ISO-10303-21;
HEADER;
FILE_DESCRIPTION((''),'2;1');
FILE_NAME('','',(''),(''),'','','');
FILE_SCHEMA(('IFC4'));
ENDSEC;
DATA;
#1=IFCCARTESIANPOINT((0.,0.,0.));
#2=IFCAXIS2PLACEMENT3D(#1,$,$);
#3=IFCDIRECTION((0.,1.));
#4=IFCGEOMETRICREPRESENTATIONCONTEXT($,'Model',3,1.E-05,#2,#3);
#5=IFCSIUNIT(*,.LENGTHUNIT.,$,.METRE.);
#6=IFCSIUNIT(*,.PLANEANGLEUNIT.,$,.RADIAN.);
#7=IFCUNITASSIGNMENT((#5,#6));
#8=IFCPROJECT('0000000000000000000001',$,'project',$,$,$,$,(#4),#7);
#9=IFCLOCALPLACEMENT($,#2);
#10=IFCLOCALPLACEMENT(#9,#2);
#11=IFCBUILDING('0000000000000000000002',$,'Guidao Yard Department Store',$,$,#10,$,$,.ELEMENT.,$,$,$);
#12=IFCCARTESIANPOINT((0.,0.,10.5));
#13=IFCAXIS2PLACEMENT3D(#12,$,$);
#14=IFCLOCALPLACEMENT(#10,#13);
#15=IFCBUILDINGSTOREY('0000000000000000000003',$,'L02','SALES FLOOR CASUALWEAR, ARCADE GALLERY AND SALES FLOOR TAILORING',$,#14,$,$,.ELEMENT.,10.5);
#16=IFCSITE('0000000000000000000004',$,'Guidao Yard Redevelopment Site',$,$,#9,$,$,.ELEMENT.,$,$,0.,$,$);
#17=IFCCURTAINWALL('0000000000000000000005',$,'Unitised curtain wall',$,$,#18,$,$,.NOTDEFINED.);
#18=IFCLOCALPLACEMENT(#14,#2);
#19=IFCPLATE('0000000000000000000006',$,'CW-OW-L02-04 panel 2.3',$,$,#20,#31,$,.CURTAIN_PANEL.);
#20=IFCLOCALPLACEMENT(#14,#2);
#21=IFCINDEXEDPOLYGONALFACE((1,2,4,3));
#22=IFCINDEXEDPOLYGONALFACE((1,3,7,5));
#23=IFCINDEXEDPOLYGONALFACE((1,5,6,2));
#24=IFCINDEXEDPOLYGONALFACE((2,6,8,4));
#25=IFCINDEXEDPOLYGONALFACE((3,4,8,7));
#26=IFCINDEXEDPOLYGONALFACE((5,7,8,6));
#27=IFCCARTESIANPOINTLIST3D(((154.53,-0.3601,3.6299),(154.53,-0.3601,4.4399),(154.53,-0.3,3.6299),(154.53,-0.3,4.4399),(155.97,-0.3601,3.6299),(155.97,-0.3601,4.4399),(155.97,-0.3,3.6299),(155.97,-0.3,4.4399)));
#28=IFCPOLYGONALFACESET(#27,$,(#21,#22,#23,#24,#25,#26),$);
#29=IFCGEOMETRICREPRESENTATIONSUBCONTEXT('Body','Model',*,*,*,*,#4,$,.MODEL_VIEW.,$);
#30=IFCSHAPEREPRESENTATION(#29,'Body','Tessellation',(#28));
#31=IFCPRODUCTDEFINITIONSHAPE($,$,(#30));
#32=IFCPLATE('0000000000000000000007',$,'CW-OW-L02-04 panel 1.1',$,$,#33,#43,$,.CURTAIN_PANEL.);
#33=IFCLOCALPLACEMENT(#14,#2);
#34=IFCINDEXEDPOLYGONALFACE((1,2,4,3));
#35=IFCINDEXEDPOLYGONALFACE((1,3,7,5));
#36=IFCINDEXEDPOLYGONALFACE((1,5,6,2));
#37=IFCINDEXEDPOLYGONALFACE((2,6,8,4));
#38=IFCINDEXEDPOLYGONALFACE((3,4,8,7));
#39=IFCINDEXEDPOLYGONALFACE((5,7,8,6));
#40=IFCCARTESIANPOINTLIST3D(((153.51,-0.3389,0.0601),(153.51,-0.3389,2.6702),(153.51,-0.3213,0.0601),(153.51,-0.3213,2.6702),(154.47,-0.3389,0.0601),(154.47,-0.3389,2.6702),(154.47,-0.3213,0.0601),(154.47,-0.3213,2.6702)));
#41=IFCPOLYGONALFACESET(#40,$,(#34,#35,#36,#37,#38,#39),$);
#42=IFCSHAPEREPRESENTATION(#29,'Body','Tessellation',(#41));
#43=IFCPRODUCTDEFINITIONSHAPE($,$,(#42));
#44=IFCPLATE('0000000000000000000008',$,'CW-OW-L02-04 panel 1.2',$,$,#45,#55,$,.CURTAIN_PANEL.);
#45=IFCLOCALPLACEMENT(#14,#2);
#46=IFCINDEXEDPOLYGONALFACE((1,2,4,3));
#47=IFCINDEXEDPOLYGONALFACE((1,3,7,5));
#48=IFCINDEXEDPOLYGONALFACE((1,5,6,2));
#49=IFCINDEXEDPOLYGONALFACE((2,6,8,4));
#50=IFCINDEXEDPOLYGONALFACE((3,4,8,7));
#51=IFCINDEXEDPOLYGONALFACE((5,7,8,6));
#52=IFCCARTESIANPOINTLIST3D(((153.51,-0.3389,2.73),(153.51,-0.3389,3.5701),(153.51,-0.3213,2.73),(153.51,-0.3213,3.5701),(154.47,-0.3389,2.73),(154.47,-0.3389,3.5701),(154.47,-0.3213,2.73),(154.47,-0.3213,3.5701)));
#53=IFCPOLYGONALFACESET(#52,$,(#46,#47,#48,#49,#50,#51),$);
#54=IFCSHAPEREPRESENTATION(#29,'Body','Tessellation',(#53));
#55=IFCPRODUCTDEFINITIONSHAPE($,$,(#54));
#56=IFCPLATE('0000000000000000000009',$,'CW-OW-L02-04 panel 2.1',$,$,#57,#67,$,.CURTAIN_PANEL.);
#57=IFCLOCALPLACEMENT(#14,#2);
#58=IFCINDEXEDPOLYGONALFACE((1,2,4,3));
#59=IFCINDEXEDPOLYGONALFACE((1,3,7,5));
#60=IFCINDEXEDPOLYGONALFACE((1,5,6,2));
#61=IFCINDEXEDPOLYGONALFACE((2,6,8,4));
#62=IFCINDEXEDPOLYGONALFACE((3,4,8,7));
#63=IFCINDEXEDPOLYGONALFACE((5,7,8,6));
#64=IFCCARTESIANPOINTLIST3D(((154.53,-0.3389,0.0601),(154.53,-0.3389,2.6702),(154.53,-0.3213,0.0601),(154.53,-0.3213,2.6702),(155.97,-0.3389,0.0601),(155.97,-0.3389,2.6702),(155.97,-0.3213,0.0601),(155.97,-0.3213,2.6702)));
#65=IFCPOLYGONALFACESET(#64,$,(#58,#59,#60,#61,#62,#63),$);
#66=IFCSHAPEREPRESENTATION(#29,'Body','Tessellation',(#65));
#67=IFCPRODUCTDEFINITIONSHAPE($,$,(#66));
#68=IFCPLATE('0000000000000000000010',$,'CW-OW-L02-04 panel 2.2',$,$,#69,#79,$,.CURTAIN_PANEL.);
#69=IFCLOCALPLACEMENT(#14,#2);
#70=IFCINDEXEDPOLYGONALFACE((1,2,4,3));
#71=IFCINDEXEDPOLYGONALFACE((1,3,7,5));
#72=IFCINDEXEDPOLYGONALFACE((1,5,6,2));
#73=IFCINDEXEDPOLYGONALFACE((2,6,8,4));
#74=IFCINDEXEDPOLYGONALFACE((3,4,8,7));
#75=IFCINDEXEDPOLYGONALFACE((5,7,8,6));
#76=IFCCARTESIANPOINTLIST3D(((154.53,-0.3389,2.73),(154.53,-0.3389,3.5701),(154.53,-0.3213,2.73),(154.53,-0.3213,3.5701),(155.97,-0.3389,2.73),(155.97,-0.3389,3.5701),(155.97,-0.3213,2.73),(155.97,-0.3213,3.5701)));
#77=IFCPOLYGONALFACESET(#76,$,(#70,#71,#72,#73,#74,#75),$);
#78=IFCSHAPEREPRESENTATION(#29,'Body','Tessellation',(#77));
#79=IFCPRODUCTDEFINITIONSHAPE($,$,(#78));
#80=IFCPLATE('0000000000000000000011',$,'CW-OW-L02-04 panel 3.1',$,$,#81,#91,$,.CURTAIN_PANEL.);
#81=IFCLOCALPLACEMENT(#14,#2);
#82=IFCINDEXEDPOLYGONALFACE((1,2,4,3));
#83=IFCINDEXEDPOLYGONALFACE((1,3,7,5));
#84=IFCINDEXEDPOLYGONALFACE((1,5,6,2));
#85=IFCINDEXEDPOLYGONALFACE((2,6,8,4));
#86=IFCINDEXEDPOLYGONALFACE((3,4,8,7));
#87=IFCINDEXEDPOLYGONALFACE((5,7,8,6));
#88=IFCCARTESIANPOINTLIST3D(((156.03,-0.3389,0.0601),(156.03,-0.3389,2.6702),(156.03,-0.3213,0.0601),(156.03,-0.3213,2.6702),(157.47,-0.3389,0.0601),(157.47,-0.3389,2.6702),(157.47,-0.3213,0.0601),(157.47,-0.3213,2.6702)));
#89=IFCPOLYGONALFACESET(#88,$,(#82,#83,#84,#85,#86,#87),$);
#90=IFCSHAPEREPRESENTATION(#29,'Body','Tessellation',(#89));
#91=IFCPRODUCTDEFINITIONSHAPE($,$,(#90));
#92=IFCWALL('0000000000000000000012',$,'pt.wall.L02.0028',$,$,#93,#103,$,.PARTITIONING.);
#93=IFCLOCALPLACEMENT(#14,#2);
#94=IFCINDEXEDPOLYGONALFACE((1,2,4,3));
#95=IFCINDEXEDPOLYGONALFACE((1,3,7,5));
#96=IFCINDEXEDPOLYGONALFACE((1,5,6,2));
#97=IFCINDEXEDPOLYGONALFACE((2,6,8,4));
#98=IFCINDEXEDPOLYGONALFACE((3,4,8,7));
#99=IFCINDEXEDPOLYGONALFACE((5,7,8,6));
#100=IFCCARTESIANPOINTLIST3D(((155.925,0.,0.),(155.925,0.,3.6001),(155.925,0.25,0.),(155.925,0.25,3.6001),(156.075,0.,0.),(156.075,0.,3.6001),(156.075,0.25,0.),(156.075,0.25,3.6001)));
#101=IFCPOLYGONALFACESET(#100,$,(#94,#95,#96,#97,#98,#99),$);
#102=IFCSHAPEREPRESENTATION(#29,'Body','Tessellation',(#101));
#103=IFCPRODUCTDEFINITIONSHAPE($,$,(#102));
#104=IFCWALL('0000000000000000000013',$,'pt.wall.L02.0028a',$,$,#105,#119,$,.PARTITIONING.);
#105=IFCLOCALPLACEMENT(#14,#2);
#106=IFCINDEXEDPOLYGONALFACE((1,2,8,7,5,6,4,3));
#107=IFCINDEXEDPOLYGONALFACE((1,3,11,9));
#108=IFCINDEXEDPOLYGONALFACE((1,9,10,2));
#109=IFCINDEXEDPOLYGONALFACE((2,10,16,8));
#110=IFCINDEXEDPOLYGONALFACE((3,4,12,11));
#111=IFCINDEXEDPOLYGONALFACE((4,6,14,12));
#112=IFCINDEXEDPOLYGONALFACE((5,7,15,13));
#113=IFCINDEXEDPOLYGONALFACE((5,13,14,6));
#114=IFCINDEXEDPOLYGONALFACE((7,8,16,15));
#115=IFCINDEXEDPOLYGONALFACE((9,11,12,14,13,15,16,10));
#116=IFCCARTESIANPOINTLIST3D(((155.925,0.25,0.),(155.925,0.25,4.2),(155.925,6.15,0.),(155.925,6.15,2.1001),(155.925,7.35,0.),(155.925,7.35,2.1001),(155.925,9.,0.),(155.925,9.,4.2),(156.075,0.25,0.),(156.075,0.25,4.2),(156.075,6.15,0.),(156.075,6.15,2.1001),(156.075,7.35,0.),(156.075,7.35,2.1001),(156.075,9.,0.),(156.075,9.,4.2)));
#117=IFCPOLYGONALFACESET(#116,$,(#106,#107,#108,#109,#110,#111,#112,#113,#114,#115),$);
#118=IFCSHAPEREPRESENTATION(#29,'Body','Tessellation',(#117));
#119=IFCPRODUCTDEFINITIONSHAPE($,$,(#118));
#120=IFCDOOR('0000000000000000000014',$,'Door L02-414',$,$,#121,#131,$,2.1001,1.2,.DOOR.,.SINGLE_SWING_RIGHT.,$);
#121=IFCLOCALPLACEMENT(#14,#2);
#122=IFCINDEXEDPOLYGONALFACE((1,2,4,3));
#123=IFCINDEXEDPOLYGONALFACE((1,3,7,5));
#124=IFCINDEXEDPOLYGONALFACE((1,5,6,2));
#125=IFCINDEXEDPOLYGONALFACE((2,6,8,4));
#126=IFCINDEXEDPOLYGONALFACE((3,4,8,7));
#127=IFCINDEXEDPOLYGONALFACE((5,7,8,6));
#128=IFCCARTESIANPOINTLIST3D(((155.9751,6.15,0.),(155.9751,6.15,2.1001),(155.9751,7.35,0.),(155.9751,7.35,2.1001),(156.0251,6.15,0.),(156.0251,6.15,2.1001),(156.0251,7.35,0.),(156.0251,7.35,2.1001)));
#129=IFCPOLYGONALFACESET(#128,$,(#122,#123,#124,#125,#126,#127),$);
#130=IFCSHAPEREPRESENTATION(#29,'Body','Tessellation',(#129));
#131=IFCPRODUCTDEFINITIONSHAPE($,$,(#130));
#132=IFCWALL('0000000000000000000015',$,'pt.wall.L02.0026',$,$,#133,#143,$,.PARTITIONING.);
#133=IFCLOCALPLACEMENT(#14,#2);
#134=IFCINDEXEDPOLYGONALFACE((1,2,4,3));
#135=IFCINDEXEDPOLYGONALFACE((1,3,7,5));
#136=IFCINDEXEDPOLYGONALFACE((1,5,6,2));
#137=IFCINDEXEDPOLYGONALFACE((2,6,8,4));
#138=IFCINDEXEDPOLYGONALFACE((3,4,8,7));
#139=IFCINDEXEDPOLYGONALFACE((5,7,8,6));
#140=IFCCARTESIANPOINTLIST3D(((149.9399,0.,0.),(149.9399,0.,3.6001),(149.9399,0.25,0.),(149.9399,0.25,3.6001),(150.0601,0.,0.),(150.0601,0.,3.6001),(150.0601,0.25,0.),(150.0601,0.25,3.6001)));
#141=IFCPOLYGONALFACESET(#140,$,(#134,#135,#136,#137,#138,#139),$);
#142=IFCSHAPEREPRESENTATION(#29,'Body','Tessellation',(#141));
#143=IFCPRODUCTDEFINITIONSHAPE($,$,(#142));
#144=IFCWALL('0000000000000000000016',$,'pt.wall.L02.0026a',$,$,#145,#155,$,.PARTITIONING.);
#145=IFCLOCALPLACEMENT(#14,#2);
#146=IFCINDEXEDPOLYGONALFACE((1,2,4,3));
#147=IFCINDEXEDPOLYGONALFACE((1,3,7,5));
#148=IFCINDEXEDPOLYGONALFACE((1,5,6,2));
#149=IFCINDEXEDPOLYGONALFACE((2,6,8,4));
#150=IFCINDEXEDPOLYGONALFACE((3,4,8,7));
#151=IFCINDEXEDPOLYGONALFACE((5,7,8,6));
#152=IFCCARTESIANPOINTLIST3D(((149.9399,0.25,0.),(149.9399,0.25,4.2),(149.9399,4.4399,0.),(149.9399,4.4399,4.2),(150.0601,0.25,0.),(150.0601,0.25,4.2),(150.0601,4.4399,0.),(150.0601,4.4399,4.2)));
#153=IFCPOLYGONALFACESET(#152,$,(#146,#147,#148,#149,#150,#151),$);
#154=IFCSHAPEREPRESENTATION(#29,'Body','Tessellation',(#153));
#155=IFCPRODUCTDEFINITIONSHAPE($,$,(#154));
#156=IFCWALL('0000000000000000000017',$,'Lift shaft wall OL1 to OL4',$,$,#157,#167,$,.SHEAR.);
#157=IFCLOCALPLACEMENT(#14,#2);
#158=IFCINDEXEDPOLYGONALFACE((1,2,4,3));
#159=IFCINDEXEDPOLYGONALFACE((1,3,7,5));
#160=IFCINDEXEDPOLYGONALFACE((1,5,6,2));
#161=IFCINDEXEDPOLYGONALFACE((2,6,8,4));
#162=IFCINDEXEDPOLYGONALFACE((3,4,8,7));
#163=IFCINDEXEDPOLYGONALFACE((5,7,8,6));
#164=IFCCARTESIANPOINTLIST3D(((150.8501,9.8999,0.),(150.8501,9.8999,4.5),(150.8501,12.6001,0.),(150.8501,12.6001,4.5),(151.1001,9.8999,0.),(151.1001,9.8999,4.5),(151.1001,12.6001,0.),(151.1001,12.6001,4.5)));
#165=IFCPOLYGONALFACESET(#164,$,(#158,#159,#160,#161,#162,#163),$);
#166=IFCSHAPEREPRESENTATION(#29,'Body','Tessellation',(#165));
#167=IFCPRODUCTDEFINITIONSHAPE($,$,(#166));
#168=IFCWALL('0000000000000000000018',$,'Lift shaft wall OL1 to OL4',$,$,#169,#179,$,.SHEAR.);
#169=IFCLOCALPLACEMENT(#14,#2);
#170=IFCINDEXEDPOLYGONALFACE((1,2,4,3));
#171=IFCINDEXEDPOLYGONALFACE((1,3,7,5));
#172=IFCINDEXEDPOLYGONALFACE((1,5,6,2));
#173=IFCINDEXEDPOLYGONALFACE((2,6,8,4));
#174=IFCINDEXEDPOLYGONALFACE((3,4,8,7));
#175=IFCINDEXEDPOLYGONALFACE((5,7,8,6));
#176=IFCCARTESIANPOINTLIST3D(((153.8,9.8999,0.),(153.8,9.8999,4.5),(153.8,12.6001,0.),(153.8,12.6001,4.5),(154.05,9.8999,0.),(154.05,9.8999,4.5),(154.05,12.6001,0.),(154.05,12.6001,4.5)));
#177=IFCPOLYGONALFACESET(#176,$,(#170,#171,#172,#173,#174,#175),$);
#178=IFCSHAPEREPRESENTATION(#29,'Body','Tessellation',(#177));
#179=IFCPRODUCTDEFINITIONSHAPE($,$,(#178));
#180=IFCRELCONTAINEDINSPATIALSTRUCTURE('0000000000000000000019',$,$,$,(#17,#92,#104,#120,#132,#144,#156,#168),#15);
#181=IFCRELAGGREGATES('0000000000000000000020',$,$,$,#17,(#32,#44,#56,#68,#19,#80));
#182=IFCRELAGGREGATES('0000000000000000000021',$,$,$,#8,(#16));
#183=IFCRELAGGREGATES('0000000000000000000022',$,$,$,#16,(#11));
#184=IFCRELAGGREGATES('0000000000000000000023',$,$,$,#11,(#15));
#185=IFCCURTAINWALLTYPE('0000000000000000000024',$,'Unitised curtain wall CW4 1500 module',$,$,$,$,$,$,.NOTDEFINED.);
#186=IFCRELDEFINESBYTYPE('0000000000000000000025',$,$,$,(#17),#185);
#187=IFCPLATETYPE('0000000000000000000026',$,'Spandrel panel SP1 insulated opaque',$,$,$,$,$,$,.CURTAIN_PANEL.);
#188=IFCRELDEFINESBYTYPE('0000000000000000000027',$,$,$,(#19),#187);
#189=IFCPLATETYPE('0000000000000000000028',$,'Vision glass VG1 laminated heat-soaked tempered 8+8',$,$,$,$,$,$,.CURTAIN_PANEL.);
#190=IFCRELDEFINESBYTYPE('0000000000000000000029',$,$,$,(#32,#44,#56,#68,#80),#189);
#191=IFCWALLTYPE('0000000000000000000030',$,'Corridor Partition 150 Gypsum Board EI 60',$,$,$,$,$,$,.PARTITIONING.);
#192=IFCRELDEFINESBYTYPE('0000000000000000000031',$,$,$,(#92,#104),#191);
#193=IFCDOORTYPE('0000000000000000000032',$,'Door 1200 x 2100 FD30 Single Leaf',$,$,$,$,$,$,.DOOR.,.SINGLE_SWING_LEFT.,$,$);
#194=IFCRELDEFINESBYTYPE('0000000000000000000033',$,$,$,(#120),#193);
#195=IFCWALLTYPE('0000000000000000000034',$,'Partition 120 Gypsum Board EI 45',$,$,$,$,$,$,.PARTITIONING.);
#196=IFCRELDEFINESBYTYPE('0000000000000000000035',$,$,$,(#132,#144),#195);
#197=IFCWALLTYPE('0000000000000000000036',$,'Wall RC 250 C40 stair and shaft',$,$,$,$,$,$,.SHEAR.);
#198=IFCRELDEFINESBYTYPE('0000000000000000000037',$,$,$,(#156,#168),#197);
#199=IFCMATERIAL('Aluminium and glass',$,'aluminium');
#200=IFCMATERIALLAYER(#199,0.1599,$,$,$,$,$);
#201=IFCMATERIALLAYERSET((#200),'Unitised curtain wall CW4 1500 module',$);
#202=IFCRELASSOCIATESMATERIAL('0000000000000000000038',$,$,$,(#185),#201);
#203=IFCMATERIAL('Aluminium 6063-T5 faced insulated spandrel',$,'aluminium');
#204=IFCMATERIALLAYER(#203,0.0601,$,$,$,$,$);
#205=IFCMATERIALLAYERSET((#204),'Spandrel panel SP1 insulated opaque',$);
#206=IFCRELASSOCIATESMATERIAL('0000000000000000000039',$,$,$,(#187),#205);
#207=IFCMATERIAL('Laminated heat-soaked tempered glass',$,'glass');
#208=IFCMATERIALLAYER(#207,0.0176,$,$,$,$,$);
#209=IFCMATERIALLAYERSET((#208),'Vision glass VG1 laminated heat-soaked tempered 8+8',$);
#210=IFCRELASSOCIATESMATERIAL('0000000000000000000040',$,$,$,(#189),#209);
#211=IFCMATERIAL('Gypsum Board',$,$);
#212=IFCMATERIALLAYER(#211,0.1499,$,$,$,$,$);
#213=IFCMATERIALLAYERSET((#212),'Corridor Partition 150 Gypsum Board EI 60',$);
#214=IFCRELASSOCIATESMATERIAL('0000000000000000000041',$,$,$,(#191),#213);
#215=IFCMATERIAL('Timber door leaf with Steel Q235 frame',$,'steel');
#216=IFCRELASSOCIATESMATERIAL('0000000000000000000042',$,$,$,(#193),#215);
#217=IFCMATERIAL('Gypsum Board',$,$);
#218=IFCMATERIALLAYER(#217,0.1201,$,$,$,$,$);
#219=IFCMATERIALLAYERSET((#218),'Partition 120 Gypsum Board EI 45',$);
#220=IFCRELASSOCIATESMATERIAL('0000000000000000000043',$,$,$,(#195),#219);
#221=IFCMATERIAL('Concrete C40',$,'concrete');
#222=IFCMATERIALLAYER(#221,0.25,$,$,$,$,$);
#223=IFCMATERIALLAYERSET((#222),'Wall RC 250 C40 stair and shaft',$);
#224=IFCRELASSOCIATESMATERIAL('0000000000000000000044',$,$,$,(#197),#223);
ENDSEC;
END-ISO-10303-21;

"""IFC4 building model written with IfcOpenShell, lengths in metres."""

from ifc_helpers import new_model, si_unit, direction, frame, frame_2d, origin, origin_2d, place, context, subcontext, project, spatial, rectangle, extrude, material, layer, layer_set, type_object, element, fill, aggregate, save


model = new_model("IFC4")

# Units and contexts
model_context = context("Model", 3, precision=1e-05, world=origin(), true_north=direction((0.0, 1.0)))
body_context = subcontext(model_context, "Body", "Model", "MODEL_VIEW")
ifc_project = project(units=[si_unit("LENGTHUNIT", "METRE"), si_unit("PLANEANGLEUNIT", "RADIAN")], contexts=[model_context])

# Site, building, storey
site_placement = place(None, origin())
site = spatial("IfcSite", under=ifc_project, at=site_placement, Name="Guidao Yard Redevelopment Site", CompositionType="ELEMENT", RefElevation=0.0)
building_placement = place(site_placement, origin())
building = spatial("IfcBuilding", under=site, at=building_placement, Name="Guidao Yard Department Store", CompositionType="ELEMENT")
storey_placement = place(building_placement, frame((0.0, 0.0, 10.5)))
storey = spatial("IfcBuildingStorey", under=building, at=storey_placement, Name="L02", Description="SALES FLOOR CASUALWEAR, ARCADE GALLERY AND SALES FLOOR TAILORING", CompositionType="ELEMENT", Elevation=10.5)

# Curtain wall
ifc_material_1 = material(Name="Aluminium and glass", Category="aluminium")
ifc_layer_1 = layer(ifc_material_1, 0.1599)
ifc_layer_set_1 = layer_set([ifc_layer_1], Name="Unitised curtain wall CW4 1500 module")
curtain_wall_type = type_object("IfcCurtainWallType", Name="Unitised curtain wall CW4 1500 module", PredefinedType="NOTDEFINED", material=ifc_layer_set_1)
curtain_wall_placement = place(storey_placement, origin())
curtain_wall = element("IfcCurtainWall", 1, at=curtain_wall_placement, inside=storey, type_object=curtain_wall_type, Name="Unitised curtain wall", PredefinedType="NOTDEFINED")

# Plates
ifc_material_2 = material(Name="Aluminium 6063-T5 faced insulated spandrel", Category="aluminium")
ifc_layer_2 = layer(ifc_material_2, 0.0601)
ifc_layer_set_2 = layer_set([ifc_layer_2], Name="Spandrel panel SP1 insulated opaque")
plate_type_1 = type_object("IfcPlateType", Name="Spandrel panel SP1 insulated opaque", PredefinedType="CURTAIN_PANEL", material=ifc_layer_set_2)
plate_1_placement = place(storey_placement, frame((155.25, -0.3301, 3.6299), z_axis=(0.0, 0.0, 1.0), x_axis=(-1.0, 0.0, 0.0)))
plate_1 = element("IfcPlate", 2, at=plate_1_placement, type_object=plate_type_1, Name="CW-OW-L02-04 panel 2.3", PredefinedType="CURTAIN_PANEL", context=body_context, shape_type="SweptSolid", body=[
    extrude(rectangle(XDim=1.4399, YDim=0.0601, at=origin_2d()), origin(), (0.0, 0.0, 1.0), 0.8101),
])
ifc_material_3 = material(Name="Laminated heat-soaked tempered glass", Category="glass")
ifc_layer_3 = layer(ifc_material_3, 0.0176)
ifc_layer_set_3 = layer_set([ifc_layer_3], Name="Vision glass VG1 laminated heat-soaked tempered 8+8")
plate_type_2 = type_object("IfcPlateType", Name="Vision glass VG1 laminated heat-soaked tempered 8+8", PredefinedType="CURTAIN_PANEL", material=ifc_layer_set_3)
plate_2_placement = place(storey_placement, frame((153.99, -0.3301, 0.0601), z_axis=(0.0, 0.0, 1.0), x_axis=(-1.0, 0.0, 0.0)))
plate_2 = element("IfcPlate", 3, at=plate_2_placement, type_object=plate_type_2, Name="CW-OW-L02-04 panel 1.1", PredefinedType="CURTAIN_PANEL", context=body_context, shape_type="SweptSolid", body=[
    extrude(rectangle(XDim=0.96, YDim=0.0176, at=origin_2d()), origin(), (0.0, 0.0, 1.0), 2.6101),
])
plate_3_placement = place(storey_placement, frame((153.99, -0.3301, 2.73), z_axis=(0.0, 0.0, 1.0), x_axis=(-1.0, 0.0, 0.0)))
plate_3 = element("IfcPlate", 4, at=plate_3_placement, type_object=plate_type_2, Name="CW-OW-L02-04 panel 1.2", PredefinedType="CURTAIN_PANEL", context=body_context, shape_type="SweptSolid", body=[
    extrude(rectangle(XDim=0.96, YDim=0.0176, at=origin_2d()), origin(), (0.0, 0.0, 1.0), 0.8401),
])
plate_4_placement = place(storey_placement, frame((155.25, -0.3301, 0.0601), z_axis=(0.0, 0.0, 1.0), x_axis=(-1.0, 0.0, 0.0)))
plate_4 = element("IfcPlate", 5, at=plate_4_placement, type_object=plate_type_2, Name="CW-OW-L02-04 panel 2.1", PredefinedType="CURTAIN_PANEL", context=body_context, shape_type="SweptSolid", body=[
    extrude(rectangle(XDim=1.4399, YDim=0.0176, at=origin_2d()), origin(), (0.0, 0.0, 1.0), 2.6101),
])
plate_5_placement = place(storey_placement, frame((155.25, -0.3301, 2.73), z_axis=(0.0, 0.0, 1.0), x_axis=(-1.0, 0.0, 0.0)))
plate_5 = element("IfcPlate", 6, at=plate_5_placement, type_object=plate_type_2, Name="CW-OW-L02-04 panel 2.2", PredefinedType="CURTAIN_PANEL", context=body_context, shape_type="SweptSolid", body=[
    extrude(rectangle(XDim=1.4399, YDim=0.0176, at=origin_2d()), origin(), (0.0, 0.0, 1.0), 0.8401),
])
plate_6_placement = place(storey_placement, frame((156.75, -0.3301, 0.0601), z_axis=(0.0, 0.0, 1.0), x_axis=(-1.0, 0.0, 0.0)))
plate_6 = element("IfcPlate", 7, at=plate_6_placement, type_object=plate_type_2, Name="CW-OW-L02-04 panel 3.1", PredefinedType="CURTAIN_PANEL", context=body_context, shape_type="SweptSolid", body=[
    extrude(rectangle(XDim=1.4399, YDim=0.0176, at=origin_2d()), origin(), (0.0, 0.0, 1.0), 2.6101),
])
aggregate(curtain_wall, [plate_2, plate_3, plate_4, plate_5, plate_1, plate_6])

# Wall
ifc_material_4 = material(Name="Gypsum Board")
ifc_layer_4 = layer(ifc_material_4, 0.1499)
ifc_layer_set_4 = layer_set([ifc_layer_4], Name="Corridor Partition 150 Gypsum Board EI 60")
wall_type_1 = type_object("IfcWallType", Name="Corridor Partition 150 Gypsum Board EI 60", PredefinedType="PARTITIONING", material=ifc_layer_set_4)
wall_1_placement = place(storey_placement, frame((156.0, 0.0, 0.0), z_axis=(0.0, 0.0, 1.0), x_axis=(0.0, 1.0, 0.0)))
element("IfcWall", 8, at=wall_1_placement, inside=storey, type_object=wall_type_1, Name="pt.wall.L02.0028", PredefinedType="PARTITIONING", context=body_context, shape_type="SweptSolid", body=[
    extrude(rectangle(XDim=0.25, YDim=0.1499, at=frame_2d((0.125, 0.0))), origin(), (0.0, 0.0, 1.0), 3.6001),
])

# Wall, opening, door
wall_2_placement = place(storey_placement, frame((156.0, 0.25, 0.0), z_axis=(0.0, 0.0, 1.0), x_axis=(0.0, 1.0, 0.0)))
wall_2 = element("IfcWall", 9, at=wall_2_placement, inside=storey, type_object=wall_type_1, Name="pt.wall.L02.0028a", PredefinedType="PARTITIONING", context=body_context, shape_type="SweptSolid", body=[
    extrude(rectangle(XDim=8.75, YDim=0.1499, at=frame_2d((4.375, 0.0))), origin(), (0.0, 0.0, 1.0), 4.2),
])
opening_placement = place(wall_2_placement, frame((5.8999, 0.0, 0.0)))
opening = element("IfcOpeningElement", 10, at=opening_placement, cuts=wall_2, PredefinedType="OPENING", context=body_context, shape_type="SweptSolid", body=[
    extrude(rectangle(XDim=1.2, YDim=2.1001, at=frame_2d((0.6001, 1.05))), frame((0.0, 0.085, 0.0), z_axis=(0.0, -1.0, 0.0), x_axis=(1.0, 0.0, 0.0)), (0.0, 0.0, 1.0), 0.1699),
])
ifc_material_5 = material(Name="Timber door leaf with Steel Q235 frame", Category="steel")
door_type = type_object("IfcDoorType", Name="Door 1200 x 2100 FD30 Single Leaf", OperationType="SINGLE_SWING_LEFT", PredefinedType="DOOR", material=ifc_material_5)
door_placement = place(opening_placement, origin())
door = element("IfcDoor", 11, at=door_placement, inside=storey, type_object=door_type, Name="Door L02-414", OperationType="SINGLE_SWING_RIGHT", OverallHeight=2.1001, OverallWidth=1.2, PredefinedType="DOOR", context=body_context, shape_type="SweptSolid", body=[
    extrude(rectangle(XDim=1.2, YDim=2.1001, at=frame_2d((0.6001, 1.05))), frame((0.0, 0.0249, 0.0), z_axis=(0.0, -1.0, 0.0), x_axis=(1.0, 0.0, 0.0)), (0.0, 0.0, 1.0), 0.05),
])
fill(opening, door)

# Walls
ifc_material_6 = material(Name="Gypsum Board")
ifc_layer_5 = layer(ifc_material_6, 0.1201)
ifc_layer_set_5 = layer_set([ifc_layer_5], Name="Partition 120 Gypsum Board EI 45")
wall_type_2 = type_object("IfcWallType", Name="Partition 120 Gypsum Board EI 45", PredefinedType="PARTITIONING", material=ifc_layer_set_5)
wall_3_placement = place(storey_placement, frame((150.0, 0.0, 0.0), z_axis=(0.0, 0.0, 1.0), x_axis=(0.0, 1.0, 0.0)))
element("IfcWall", 12, at=wall_3_placement, inside=storey, type_object=wall_type_2, Name="pt.wall.L02.0026", PredefinedType="PARTITIONING", context=body_context, shape_type="SweptSolid", body=[
    extrude(rectangle(XDim=0.25, YDim=0.1201, at=frame_2d((0.125, 0.0))), origin(), (0.0, 0.0, 1.0), 3.6001),
])
wall_4_placement = place(storey_placement, frame((150.0, 0.25, 0.0), z_axis=(0.0, 0.0, 1.0), x_axis=(0.0, 1.0, 0.0)))
element("IfcWall", 13, at=wall_4_placement, inside=storey, type_object=wall_type_2, Name="pt.wall.L02.0026a", PredefinedType="PARTITIONING", context=body_context, shape_type="SweptSolid", body=[
    extrude(rectangle(XDim=4.1899, YDim=0.1201, at=frame_2d((2.095, 0.0))), origin(), (0.0, 0.0, 1.0), 4.2),
])
ifc_material_7 = material(Name="Concrete C40", Category="concrete")
ifc_layer_6 = layer(ifc_material_7, 0.25)
ifc_layer_set_6 = layer_set([ifc_layer_6], Name="Wall RC 250 C40 stair and shaft")
wall_type_3 = type_object("IfcWallType", Name="Wall RC 250 C40 stair and shaft", PredefinedType="SHEAR", material=ifc_layer_set_6)
for number, where, z_axis, x_axis, name in (
    (14, (150.9751, 9.8999, 0.0), (0.0, 0.0, 1.0), (0.0, 1.0, 0.0), "Lift shaft wall OL1 to OL4"),
    (15, (153.925, 9.8999, 0.0), (0.0, 0.0, 1.0), (0.0, 1.0, 0.0), "Lift shaft wall OL1 to OL4"),
):
    element("IfcWall", number, at=place(storey_placement, frame(where, z_axis=z_axis, x_axis=x_axis)), inside=storey, type_object=wall_type_3, Name=name, PredefinedType="SHEAR", context=body_context, shape_type="SweptSolid", body=[
        extrude(rectangle(XDim=2.7002, YDim=0.25, at=frame_2d((1.3501, 0.0))), origin(), (0.0, 0.0, 1.0), 4.5),
    ])

save(model, "model.ifc")
